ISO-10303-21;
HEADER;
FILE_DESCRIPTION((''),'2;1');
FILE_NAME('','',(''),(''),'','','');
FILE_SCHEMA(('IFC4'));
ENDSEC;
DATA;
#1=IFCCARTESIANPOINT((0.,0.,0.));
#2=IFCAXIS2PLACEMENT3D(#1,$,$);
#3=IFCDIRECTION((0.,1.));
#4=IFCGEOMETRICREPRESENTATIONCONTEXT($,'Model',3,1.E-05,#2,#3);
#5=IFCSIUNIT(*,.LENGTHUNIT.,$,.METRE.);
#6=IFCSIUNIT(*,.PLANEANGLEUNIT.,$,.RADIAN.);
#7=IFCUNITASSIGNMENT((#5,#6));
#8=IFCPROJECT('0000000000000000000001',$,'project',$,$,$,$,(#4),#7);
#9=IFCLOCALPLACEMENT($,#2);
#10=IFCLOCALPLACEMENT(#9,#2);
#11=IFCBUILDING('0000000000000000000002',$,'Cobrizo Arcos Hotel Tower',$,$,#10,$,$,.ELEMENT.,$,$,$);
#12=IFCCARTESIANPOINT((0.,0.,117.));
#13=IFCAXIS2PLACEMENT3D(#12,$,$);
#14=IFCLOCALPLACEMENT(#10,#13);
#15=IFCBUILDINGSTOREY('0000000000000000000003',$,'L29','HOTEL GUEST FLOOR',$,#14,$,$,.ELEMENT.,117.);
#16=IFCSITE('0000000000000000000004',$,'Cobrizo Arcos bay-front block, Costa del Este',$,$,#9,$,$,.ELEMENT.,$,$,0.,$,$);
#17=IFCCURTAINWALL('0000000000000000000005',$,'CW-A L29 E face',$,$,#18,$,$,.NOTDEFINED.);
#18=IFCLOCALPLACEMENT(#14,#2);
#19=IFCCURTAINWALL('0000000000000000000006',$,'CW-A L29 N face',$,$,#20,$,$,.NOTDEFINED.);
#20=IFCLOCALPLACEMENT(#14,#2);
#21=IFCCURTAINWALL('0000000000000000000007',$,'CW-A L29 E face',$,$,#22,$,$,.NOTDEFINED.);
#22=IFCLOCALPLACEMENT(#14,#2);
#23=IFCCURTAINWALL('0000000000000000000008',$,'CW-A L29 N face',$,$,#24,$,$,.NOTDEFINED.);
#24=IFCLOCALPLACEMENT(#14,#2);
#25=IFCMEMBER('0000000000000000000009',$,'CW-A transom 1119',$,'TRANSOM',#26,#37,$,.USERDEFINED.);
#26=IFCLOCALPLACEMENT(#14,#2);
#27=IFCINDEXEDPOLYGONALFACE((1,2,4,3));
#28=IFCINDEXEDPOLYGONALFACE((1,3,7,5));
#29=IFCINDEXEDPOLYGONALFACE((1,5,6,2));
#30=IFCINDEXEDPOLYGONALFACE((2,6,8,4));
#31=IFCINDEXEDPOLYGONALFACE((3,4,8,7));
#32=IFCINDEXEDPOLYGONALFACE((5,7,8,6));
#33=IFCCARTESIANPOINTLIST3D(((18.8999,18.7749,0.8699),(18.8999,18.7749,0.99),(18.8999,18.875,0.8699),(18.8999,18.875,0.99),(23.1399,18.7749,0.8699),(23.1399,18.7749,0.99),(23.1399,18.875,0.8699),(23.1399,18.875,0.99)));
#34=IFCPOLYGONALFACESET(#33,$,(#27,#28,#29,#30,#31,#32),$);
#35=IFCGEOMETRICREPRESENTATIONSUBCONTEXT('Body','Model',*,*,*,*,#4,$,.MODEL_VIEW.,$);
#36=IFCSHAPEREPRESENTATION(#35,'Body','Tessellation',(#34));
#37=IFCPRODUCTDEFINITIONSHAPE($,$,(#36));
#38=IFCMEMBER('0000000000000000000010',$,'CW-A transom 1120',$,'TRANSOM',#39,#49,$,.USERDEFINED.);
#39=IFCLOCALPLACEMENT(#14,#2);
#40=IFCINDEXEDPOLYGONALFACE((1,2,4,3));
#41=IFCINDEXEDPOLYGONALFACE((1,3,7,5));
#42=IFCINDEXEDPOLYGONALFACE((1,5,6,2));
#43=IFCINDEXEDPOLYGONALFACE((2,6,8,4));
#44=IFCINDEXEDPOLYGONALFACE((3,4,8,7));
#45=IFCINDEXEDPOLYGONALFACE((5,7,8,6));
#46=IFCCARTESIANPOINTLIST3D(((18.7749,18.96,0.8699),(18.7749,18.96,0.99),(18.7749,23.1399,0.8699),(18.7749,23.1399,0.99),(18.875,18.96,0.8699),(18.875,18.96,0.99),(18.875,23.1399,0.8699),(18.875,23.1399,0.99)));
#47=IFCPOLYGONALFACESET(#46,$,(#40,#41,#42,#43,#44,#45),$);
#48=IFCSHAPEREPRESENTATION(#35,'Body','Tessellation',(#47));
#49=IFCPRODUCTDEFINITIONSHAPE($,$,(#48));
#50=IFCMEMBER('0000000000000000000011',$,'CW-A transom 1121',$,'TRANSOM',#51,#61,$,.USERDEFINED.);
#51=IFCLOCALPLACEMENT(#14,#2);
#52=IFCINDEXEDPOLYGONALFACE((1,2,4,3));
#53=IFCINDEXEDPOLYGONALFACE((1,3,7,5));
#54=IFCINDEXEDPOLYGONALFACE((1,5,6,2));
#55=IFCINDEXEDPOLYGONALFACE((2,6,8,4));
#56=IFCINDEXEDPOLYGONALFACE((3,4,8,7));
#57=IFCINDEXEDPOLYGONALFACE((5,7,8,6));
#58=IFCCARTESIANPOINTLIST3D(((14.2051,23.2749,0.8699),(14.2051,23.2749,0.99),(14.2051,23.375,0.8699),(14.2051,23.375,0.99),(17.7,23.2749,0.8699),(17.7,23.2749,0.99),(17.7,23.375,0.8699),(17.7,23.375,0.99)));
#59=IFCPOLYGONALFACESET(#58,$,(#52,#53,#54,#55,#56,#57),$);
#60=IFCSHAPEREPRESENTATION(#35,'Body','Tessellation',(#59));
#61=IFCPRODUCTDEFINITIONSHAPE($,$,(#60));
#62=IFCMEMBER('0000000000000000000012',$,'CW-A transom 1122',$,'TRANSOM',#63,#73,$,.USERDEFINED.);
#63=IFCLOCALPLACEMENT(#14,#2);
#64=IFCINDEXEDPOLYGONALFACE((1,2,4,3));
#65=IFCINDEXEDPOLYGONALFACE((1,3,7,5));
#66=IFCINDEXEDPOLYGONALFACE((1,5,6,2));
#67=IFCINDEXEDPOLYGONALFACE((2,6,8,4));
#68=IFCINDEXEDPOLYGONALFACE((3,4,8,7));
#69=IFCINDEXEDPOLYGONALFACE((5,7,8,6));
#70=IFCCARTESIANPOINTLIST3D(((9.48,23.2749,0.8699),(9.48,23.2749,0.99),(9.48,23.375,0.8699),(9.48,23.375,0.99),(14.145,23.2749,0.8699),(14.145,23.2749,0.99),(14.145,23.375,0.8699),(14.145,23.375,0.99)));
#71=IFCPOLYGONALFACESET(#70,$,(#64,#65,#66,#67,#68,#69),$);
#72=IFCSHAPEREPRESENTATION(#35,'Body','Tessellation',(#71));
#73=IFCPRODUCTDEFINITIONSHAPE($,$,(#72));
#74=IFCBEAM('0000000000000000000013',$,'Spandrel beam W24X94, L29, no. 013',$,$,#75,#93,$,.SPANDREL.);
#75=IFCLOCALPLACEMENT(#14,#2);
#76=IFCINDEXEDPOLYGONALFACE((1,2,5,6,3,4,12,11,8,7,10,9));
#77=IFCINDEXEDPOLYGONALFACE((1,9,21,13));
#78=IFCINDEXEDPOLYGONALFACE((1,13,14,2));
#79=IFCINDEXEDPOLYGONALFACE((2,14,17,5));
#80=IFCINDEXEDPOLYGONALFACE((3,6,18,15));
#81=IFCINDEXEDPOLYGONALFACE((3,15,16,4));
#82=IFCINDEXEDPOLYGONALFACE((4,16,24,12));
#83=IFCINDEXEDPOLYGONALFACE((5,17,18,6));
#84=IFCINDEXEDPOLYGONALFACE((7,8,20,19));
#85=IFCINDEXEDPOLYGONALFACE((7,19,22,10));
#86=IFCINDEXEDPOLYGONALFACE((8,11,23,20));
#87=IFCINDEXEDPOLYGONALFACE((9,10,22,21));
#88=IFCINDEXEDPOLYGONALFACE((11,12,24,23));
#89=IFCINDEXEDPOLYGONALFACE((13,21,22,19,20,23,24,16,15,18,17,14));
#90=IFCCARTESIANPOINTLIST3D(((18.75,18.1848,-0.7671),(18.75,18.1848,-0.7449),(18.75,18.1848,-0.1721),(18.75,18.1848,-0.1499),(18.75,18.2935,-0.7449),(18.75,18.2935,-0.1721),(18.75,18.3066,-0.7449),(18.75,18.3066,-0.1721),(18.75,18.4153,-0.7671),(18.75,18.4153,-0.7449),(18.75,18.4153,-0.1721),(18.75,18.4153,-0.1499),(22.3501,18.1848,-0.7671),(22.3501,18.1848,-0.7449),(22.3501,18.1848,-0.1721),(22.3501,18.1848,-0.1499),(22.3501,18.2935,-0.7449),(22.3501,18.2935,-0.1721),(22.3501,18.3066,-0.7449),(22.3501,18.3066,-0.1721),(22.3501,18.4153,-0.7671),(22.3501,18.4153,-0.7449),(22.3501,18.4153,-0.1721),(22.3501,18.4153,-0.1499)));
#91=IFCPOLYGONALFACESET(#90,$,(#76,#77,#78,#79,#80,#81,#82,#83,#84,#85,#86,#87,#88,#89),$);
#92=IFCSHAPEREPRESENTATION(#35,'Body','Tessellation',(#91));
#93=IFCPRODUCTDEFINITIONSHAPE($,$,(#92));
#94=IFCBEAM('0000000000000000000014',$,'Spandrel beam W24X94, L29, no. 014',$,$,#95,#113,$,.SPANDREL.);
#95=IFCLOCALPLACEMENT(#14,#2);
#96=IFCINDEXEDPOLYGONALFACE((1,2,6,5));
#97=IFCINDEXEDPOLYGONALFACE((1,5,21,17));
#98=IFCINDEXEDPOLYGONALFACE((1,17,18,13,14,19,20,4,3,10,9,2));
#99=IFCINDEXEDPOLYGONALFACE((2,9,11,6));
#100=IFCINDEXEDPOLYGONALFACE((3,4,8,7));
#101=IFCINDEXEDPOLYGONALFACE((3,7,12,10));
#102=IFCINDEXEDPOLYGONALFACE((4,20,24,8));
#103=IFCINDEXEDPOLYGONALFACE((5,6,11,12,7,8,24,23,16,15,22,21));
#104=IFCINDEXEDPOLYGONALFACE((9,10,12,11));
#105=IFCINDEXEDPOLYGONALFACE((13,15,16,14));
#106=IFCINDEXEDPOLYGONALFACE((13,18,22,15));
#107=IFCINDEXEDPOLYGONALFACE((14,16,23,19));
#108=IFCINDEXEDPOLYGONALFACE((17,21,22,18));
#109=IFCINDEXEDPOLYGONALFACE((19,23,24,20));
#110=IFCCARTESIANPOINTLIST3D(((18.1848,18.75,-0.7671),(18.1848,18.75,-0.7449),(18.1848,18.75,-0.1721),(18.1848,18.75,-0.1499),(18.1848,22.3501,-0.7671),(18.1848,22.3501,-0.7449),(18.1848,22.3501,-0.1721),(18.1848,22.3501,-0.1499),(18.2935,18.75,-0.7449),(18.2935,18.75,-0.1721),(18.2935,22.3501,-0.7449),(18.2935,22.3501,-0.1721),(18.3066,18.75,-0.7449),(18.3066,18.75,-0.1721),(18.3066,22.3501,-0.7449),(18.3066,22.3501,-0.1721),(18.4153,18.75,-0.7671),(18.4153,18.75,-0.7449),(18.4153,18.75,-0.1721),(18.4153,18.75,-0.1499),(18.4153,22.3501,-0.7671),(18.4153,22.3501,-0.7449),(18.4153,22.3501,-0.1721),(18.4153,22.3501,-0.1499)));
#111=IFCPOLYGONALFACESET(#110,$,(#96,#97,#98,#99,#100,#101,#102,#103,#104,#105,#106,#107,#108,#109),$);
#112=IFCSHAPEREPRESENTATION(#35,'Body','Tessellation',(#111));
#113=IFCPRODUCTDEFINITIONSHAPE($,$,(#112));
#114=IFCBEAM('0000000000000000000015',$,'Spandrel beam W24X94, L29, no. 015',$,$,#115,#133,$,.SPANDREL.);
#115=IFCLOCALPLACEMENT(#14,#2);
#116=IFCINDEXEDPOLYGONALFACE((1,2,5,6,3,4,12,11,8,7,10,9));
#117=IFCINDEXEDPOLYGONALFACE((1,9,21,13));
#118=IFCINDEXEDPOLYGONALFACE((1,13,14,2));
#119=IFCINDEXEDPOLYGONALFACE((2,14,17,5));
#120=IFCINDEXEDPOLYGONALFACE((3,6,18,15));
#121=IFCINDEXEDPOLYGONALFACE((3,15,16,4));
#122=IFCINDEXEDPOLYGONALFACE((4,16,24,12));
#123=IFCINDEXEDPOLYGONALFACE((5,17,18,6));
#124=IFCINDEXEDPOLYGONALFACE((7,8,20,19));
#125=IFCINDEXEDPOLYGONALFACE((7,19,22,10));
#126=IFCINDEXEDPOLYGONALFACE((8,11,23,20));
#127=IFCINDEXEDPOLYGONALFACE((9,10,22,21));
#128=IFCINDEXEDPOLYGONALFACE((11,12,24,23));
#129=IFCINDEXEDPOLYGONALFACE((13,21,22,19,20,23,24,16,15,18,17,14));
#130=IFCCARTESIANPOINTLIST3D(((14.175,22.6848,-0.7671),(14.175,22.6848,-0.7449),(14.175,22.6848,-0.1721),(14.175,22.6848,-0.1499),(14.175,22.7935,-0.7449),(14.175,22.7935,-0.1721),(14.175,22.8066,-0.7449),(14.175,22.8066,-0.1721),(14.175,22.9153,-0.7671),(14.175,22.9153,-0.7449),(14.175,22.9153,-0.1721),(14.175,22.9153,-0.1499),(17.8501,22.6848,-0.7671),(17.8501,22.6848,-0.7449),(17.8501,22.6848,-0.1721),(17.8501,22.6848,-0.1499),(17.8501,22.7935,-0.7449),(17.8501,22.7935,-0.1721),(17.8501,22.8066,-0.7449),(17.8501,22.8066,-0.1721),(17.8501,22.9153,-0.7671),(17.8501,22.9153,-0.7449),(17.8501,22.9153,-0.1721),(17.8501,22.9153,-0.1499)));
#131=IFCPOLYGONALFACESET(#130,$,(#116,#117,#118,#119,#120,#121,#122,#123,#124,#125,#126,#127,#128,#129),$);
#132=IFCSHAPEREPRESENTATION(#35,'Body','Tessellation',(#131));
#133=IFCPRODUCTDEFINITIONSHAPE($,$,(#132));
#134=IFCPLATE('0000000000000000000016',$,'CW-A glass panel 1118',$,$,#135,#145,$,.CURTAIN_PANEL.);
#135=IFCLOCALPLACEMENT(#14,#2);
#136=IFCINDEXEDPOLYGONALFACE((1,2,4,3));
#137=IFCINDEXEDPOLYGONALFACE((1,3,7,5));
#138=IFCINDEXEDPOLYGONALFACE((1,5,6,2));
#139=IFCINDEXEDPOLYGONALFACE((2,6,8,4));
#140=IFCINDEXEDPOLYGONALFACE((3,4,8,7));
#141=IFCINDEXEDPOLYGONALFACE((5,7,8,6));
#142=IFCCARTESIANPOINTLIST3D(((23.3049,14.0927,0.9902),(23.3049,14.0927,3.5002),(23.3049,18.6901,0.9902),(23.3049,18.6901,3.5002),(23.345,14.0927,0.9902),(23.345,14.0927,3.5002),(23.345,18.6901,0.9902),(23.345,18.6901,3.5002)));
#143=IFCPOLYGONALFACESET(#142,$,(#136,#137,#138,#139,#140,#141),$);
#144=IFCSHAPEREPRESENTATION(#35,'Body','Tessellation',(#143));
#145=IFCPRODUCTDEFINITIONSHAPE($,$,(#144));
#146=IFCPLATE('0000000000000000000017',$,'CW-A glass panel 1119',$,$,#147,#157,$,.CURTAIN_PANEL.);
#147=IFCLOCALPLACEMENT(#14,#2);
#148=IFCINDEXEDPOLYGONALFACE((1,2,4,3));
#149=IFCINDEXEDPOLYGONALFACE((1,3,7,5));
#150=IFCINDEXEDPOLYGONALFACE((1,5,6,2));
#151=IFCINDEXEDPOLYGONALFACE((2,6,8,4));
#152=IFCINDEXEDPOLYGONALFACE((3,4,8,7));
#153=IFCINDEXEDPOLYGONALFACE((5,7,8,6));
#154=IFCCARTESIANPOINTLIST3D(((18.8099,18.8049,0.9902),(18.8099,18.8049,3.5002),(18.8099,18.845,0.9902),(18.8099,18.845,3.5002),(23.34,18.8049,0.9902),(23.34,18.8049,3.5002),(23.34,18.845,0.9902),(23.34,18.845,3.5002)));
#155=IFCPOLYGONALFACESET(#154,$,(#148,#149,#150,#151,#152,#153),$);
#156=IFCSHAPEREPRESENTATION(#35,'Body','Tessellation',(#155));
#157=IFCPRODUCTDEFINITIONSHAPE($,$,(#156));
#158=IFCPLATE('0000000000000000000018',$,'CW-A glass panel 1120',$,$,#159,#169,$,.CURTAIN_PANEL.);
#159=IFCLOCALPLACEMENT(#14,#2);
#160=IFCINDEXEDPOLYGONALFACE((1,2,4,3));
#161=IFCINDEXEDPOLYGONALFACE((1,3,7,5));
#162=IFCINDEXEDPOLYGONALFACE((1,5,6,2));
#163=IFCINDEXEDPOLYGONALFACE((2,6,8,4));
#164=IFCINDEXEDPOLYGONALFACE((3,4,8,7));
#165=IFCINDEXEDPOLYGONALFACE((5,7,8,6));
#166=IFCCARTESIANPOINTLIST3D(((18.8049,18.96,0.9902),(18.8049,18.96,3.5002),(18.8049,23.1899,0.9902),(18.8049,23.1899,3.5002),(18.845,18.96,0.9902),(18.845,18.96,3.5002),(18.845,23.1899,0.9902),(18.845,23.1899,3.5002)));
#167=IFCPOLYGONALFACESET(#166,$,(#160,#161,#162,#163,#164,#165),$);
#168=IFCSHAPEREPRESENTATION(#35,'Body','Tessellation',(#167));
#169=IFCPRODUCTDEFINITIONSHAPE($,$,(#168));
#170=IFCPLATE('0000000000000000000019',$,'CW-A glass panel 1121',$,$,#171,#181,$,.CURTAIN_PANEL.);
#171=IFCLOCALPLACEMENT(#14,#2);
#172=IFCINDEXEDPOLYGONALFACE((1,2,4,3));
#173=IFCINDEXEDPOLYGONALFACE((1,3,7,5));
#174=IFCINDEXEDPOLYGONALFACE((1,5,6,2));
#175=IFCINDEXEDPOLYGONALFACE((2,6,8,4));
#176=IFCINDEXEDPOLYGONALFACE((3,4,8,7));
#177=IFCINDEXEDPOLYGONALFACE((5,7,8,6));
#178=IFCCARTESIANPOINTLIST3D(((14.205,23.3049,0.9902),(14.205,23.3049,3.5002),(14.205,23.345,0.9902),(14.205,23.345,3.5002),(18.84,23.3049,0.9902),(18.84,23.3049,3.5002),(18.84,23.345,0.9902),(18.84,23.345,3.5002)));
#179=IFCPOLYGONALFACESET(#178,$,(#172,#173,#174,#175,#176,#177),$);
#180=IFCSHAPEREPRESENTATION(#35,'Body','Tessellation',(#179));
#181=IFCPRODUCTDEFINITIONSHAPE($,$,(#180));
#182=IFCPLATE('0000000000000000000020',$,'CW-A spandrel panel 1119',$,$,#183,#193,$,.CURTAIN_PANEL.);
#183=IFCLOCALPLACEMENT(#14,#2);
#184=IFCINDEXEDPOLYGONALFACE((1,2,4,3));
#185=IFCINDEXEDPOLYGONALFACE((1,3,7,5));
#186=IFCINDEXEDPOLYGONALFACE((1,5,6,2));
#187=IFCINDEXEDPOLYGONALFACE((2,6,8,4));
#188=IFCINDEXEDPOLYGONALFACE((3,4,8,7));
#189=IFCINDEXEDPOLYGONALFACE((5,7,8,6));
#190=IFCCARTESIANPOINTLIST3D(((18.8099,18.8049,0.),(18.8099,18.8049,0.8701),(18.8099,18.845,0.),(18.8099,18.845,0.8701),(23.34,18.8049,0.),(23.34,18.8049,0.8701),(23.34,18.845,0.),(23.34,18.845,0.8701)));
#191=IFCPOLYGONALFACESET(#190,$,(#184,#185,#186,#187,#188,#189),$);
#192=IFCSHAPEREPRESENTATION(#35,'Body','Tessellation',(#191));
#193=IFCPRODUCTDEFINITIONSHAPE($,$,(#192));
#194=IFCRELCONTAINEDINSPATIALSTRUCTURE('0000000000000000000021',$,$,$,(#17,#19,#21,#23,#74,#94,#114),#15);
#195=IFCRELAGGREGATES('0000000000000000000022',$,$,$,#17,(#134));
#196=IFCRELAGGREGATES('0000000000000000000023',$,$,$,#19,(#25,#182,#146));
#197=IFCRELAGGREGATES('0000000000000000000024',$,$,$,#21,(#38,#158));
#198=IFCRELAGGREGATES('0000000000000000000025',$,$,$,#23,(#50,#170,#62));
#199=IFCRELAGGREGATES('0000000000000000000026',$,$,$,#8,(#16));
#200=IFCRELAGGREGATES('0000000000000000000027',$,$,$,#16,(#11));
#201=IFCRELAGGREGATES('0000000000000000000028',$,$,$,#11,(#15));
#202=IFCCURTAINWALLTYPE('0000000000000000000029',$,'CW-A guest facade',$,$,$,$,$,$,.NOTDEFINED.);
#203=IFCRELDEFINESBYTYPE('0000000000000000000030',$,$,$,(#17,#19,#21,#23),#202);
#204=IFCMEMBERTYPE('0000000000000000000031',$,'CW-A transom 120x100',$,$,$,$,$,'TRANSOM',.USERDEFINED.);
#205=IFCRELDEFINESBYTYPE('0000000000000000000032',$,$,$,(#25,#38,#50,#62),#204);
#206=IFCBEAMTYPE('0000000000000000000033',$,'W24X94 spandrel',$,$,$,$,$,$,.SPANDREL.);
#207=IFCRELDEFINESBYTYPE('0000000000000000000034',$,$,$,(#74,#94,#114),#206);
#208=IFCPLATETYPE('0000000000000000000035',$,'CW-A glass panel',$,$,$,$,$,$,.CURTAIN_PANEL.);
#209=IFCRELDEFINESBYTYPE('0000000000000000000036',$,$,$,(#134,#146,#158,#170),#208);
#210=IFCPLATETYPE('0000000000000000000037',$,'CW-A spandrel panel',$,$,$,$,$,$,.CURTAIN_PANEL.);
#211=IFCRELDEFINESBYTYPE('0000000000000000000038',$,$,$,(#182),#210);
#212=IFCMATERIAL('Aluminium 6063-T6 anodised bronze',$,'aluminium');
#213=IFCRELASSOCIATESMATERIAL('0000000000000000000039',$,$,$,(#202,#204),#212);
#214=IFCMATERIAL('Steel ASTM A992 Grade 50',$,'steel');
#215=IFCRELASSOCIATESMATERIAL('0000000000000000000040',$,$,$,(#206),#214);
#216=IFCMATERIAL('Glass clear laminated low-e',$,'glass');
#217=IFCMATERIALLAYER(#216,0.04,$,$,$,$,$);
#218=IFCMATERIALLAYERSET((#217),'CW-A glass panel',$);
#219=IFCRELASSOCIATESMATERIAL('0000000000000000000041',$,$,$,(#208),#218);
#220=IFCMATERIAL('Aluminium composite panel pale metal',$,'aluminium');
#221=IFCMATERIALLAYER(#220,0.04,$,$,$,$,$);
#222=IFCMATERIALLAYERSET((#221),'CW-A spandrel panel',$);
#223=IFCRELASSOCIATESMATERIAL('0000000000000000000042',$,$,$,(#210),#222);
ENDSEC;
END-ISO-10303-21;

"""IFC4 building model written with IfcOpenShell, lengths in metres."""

from ifc_helpers import new_model, si_unit, direction, frame, origin, origin_2d, place, context, subcontext, project, spatial, rectangle, i_section, extrude, material, layer, layer_set, material_profile, profile_set, type_object, element, aggregate, save


model = new_model("IFC4")

# Units and contexts
model_context = context("Model", 3, precision=1e-05, world=origin(), true_north=direction((0.0, 1.0)))
body_context = subcontext(model_context, "Body", "Model", "MODEL_VIEW")
ifc_project = project(units=[si_unit("LENGTHUNIT", "METRE"), si_unit("PLANEANGLEUNIT", "RADIAN")], contexts=[model_context])

# Site, building, storey
site_placement = place(None, origin())
site = spatial("IfcSite", under=ifc_project, at=site_placement, Name="Cobrizo Arcos bay-front block, Costa del Este", CompositionType="ELEMENT", RefElevation=0.0)
building_placement = place(site_placement, origin())
building = spatial("IfcBuilding", under=site, at=building_placement, Name="Cobrizo Arcos Hotel Tower", CompositionType="ELEMENT")
storey_placement = place(building_placement, frame((0.0, 0.0, 117.0)))
storey = spatial("IfcBuildingStorey", under=building, at=storey_placement, Name="L29", Description="HOTEL GUEST FLOOR", CompositionType="ELEMENT", Elevation=117.0)

# Curtain wall
ifc_material_1 = material(Name="Aluminium 6063-T6 anodised bronze", Category="aluminium")
curtain_wall_type = type_object("IfcCurtainWallType", Name="CW-A guest facade", PredefinedType="NOTDEFINED", material=ifc_material_1)
curtain_wall_1_placement = place(storey_placement, origin())
curtain_wall_1 = element("IfcCurtainWall", 1, at=curtain_wall_1_placement, inside=storey, type_object=curtain_wall_type, Name="CW-A L29 E face", PredefinedType="NOTDEFINED")

# Curtain walls
curtain_wall_2_placement = place(storey_placement, origin())
curtain_wall_2 = element("IfcCurtainWall", 2, at=curtain_wall_2_placement, inside=storey, type_object=curtain_wall_type, Name="CW-A L29 N face", PredefinedType="NOTDEFINED")
curtain_wall_3_placement = place(storey_placement, origin())
curtain_wall_3 = element("IfcCurtainWall", 3, at=curtain_wall_3_placement, inside=storey, type_object=curtain_wall_type, Name="CW-A L29 E face", PredefinedType="NOTDEFINED")
curtain_wall_4_placement = place(storey_placement, origin())
curtain_wall_4 = element("IfcCurtainWall", 4, at=curtain_wall_4_placement, inside=storey, type_object=curtain_wall_type, Name="CW-A L29 N face", PredefinedType="NOTDEFINED")

# Members
ifc_material_profile_1 = material_profile(ifc_material_1, rectangle(XDim=0.1001, YDim=0.1201, at=origin_2d()), Name="CW-A transom 120x100")
ifc_profile_set_1 = profile_set([ifc_material_profile_1], Name="Aluminium 6063-T6 anodised bronze")
member_type_1 = type_object("IfcMemberType", Name="CW-A transom 120x100", ElementType="TRANSOM", PredefinedType="USERDEFINED", material=ifc_profile_set_1)
member_1_placement = place(storey_placement, frame((23.1399, 18.825, 0.9299), z_axis=(-1.0, 0.0, 0.0), x_axis=(0.0, -1.0, 0.0)))
member_1 = element("IfcMember", 5, at=member_1_placement, type_object=member_type_1, Name="CW-A transom 1119", ObjectType="TRANSOM", PredefinedType="USERDEFINED", context=body_context, shape_type="SweptSolid", body=[
    extrude(rectangle(XDim=0.1001, YDim=0.1201, at=origin_2d()), origin(), (0.0, 0.0, 1.0), 4.24),
])
member_2_placement = place(storey_placement, frame((18.825, 18.96, 0.9299), z_axis=(0.0, 1.0, 0.0), x_axis=(-1.0, 0.0, 0.0)))
member_2 = element("IfcMember", 6, at=member_2_placement, type_object=member_type_1, Name="CW-A transom 1120", ObjectType="TRANSOM", PredefinedType="USERDEFINED", context=body_context, shape_type="SweptSolid", body=[
    extrude(rectangle(XDim=0.1001, YDim=0.1201, at=origin_2d()), origin(), (0.0, 0.0, 1.0), 4.1799),
])
member_3_placement = place(storey_placement, frame((17.7, 23.325, 0.9299), z_axis=(-1.0, 0.0, 0.0), x_axis=(0.0, -1.0, 0.0)))
member_3 = element("IfcMember", 7, at=member_3_placement, type_object=member_type_1, Name="CW-A transom 1121", ObjectType="TRANSOM", PredefinedType="USERDEFINED", context=body_context, shape_type="SweptSolid", body=[
    extrude(rectangle(XDim=0.1001, YDim=0.1201, at=origin_2d()), origin(), (0.0, 0.0, 1.0), 3.4949),
])
member_4_placement = place(storey_placement, frame((14.145, 23.325, 0.9299), z_axis=(-1.0, 0.0, 0.0), x_axis=(0.0, -1.0, 0.0)))
member_4 = element("IfcMember", 8, at=member_4_placement, type_object=member_type_1, Name="CW-A transom 1122", ObjectType="TRANSOM", PredefinedType="USERDEFINED", context=body_context, shape_type="SweptSolid", body=[
    extrude(rectangle(XDim=0.1001, YDim=0.1201, at=origin_2d()), origin(), (0.0, 0.0, 1.0), 4.665),
])

# Beams
ifc_material_2 = material(Name="Steel ASTM A992 Grade 50", Category="steel")
ifc_material_profile_2 = material_profile(ifc_material_2, i_section(OverallWidth=0.2305, OverallDepth=0.6172, WebThickness=0.0132, FlangeThickness=0.0222, at=origin_2d()), Name="W24X94")
ifc_profile_set_2 = profile_set([ifc_material_profile_2], Name="Steel ASTM A992 Grade 50")
beam_type_1 = type_object("IfcBeamType", Name="W24X94 spandrel", PredefinedType="SPANDREL", material=ifc_profile_set_2)
for number, where, z_axis, x_axis, name in (
    (9, (22.3501, 18.3, -0.4585), (-1.0, 0.0, 0.0), (0.0, -1.0, 0.0), "Spandrel beam W24X94, L29, no. 013"),
    (10, (18.3, 18.75, -0.4585), (0.0, 1.0, 0.0), (-1.0, 0.0, 0.0), "Spandrel beam W24X94, L29, no. 014"),
):
    element("IfcBeam", number, at=place(storey_placement, frame(where, z_axis=z_axis, x_axis=x_axis)), inside=storey, type_object=beam_type_1, Name=name, PredefinedType="SPANDREL", context=body_context, shape_type="SweptSolid", body=[
        extrude(i_section(OverallWidth=0.2305, OverallDepth=0.6172, WebThickness=0.0132, FlangeThickness=0.0222, at=origin_2d()), origin(), (0.0, 0.0, 1.0), 3.6001),
    ])
beam_placement = place(storey_placement, frame((17.8501, 22.8, -0.4585), z_axis=(-1.0, 0.0, 0.0), x_axis=(0.0, -1.0, 0.0)))
element("IfcBeam", 11, at=beam_placement, inside=storey, type_object=beam_type_1, Name="Spandrel beam W24X94, L29, no. 015", PredefinedType="SPANDREL", context=body_context, shape_type="SweptSolid", body=[
    extrude(i_section(OverallWidth=0.2305, OverallDepth=0.6172, WebThickness=0.0132, FlangeThickness=0.0222, at=origin_2d()), origin(), (0.0, 0.0, 1.0), 3.675),
])

# Plates
ifc_material_3 = material(Name="Glass clear laminated low-e", Category="glass")
ifc_layer_1 = layer(ifc_material_3, 0.04)
ifc_layer_set_1 = layer_set([ifc_layer_1], Name="CW-A glass panel")
plate_type_1 = type_object("IfcPlateType", Name="CW-A glass panel", PredefinedType="CURTAIN_PANEL", material=ifc_layer_set_1)
plate_1_placement = place(storey_placement, frame((23.325, 16.3914, 0.9902), z_axis=(0.0, 0.0, 1.0), x_axis=(0.0, 1.0, 0.0)))
plate_1 = element("IfcPlate", 12, at=plate_1_placement, type_object=plate_type_1, Name="CW-A glass panel 1118", PredefinedType="CURTAIN_PANEL", context=body_context, shape_type="SweptSolid", body=[
    extrude(rectangle(XDim=4.5974, YDim=0.04, at=origin_2d()), origin(), (0.0, 0.0, 1.0), 2.51),
])
aggregate(curtain_wall_1, [plate_1])
plate_2_placement = place(storey_placement, frame((21.075, 18.825, 0.9902), z_axis=(0.0, 0.0, 1.0), x_axis=(-1.0, 0.0, 0.0)))
plate_2 = element("IfcPlate", 13, at=plate_2_placement, type_object=plate_type_1, Name="CW-A glass panel 1119", PredefinedType="CURTAIN_PANEL", context=body_context, shape_type="SweptSolid", body=[
    extrude(rectangle(XDim=4.53, YDim=0.04, at=origin_2d()), origin(), (0.0, 0.0, 1.0), 2.51),
])
plate_3_placement = place(storey_placement, frame((18.825, 21.075, 0.9902), z_axis=(0.0, 0.0, 1.0), x_axis=(0.0, 1.0, 0.0)))
plate_3 = element("IfcPlate", 14, at=plate_3_placement, type_object=plate_type_1, Name="CW-A glass panel 1120", PredefinedType="CURTAIN_PANEL", context=body_context, shape_type="SweptSolid", body=[
    extrude(rectangle(XDim=4.23, YDim=0.04, at=origin_2d()), origin(), (0.0, 0.0, 1.0), 2.51),
])
plate_4_placement = place(storey_placement, frame((16.5225, 23.325, 0.9902), z_axis=(0.0, 0.0, 1.0), x_axis=(-1.0, 0.0, 0.0)))
plate_4 = element("IfcPlate", 15, at=plate_4_placement, type_object=plate_type_1, Name="CW-A glass panel 1121", PredefinedType="CURTAIN_PANEL", context=body_context, shape_type="SweptSolid", body=[
    extrude(rectangle(XDim=4.635, YDim=0.04, at=origin_2d()), origin(), (0.0, 0.0, 1.0), 2.51),
])
ifc_material_4 = material(Name="Aluminium composite panel pale metal", Category="aluminium")
ifc_layer_2 = layer(ifc_material_4, 0.04)
ifc_layer_set_2 = layer_set([ifc_layer_2], Name="CW-A spandrel panel")
plate_type_2 = type_object("IfcPlateType", Name="CW-A spandrel panel", PredefinedType="CURTAIN_PANEL", material=ifc_layer_set_2)
plate_5_placement = place(storey_placement, frame((21.075, 18.825, 0.0), z_axis=(0.0, 0.0, 1.0), x_axis=(-1.0, 0.0, 0.0)))
plate_5 = element("IfcPlate", 16, at=plate_5_placement, type_object=plate_type_2, Name="CW-A spandrel panel 1119", PredefinedType="CURTAIN_PANEL", context=body_context, shape_type="SweptSolid", body=[
    extrude(rectangle(XDim=4.53, YDim=0.04, at=origin_2d()), origin(), (0.0, 0.0, 1.0), 0.8701),
])
aggregate(curtain_wall_2, [member_1, plate_5, plate_2])
aggregate(curtain_wall_3, [member_2, plate_3])
aggregate(curtain_wall_4, [member_3, plate_4, member_4])

save(model, "model.ifc")
